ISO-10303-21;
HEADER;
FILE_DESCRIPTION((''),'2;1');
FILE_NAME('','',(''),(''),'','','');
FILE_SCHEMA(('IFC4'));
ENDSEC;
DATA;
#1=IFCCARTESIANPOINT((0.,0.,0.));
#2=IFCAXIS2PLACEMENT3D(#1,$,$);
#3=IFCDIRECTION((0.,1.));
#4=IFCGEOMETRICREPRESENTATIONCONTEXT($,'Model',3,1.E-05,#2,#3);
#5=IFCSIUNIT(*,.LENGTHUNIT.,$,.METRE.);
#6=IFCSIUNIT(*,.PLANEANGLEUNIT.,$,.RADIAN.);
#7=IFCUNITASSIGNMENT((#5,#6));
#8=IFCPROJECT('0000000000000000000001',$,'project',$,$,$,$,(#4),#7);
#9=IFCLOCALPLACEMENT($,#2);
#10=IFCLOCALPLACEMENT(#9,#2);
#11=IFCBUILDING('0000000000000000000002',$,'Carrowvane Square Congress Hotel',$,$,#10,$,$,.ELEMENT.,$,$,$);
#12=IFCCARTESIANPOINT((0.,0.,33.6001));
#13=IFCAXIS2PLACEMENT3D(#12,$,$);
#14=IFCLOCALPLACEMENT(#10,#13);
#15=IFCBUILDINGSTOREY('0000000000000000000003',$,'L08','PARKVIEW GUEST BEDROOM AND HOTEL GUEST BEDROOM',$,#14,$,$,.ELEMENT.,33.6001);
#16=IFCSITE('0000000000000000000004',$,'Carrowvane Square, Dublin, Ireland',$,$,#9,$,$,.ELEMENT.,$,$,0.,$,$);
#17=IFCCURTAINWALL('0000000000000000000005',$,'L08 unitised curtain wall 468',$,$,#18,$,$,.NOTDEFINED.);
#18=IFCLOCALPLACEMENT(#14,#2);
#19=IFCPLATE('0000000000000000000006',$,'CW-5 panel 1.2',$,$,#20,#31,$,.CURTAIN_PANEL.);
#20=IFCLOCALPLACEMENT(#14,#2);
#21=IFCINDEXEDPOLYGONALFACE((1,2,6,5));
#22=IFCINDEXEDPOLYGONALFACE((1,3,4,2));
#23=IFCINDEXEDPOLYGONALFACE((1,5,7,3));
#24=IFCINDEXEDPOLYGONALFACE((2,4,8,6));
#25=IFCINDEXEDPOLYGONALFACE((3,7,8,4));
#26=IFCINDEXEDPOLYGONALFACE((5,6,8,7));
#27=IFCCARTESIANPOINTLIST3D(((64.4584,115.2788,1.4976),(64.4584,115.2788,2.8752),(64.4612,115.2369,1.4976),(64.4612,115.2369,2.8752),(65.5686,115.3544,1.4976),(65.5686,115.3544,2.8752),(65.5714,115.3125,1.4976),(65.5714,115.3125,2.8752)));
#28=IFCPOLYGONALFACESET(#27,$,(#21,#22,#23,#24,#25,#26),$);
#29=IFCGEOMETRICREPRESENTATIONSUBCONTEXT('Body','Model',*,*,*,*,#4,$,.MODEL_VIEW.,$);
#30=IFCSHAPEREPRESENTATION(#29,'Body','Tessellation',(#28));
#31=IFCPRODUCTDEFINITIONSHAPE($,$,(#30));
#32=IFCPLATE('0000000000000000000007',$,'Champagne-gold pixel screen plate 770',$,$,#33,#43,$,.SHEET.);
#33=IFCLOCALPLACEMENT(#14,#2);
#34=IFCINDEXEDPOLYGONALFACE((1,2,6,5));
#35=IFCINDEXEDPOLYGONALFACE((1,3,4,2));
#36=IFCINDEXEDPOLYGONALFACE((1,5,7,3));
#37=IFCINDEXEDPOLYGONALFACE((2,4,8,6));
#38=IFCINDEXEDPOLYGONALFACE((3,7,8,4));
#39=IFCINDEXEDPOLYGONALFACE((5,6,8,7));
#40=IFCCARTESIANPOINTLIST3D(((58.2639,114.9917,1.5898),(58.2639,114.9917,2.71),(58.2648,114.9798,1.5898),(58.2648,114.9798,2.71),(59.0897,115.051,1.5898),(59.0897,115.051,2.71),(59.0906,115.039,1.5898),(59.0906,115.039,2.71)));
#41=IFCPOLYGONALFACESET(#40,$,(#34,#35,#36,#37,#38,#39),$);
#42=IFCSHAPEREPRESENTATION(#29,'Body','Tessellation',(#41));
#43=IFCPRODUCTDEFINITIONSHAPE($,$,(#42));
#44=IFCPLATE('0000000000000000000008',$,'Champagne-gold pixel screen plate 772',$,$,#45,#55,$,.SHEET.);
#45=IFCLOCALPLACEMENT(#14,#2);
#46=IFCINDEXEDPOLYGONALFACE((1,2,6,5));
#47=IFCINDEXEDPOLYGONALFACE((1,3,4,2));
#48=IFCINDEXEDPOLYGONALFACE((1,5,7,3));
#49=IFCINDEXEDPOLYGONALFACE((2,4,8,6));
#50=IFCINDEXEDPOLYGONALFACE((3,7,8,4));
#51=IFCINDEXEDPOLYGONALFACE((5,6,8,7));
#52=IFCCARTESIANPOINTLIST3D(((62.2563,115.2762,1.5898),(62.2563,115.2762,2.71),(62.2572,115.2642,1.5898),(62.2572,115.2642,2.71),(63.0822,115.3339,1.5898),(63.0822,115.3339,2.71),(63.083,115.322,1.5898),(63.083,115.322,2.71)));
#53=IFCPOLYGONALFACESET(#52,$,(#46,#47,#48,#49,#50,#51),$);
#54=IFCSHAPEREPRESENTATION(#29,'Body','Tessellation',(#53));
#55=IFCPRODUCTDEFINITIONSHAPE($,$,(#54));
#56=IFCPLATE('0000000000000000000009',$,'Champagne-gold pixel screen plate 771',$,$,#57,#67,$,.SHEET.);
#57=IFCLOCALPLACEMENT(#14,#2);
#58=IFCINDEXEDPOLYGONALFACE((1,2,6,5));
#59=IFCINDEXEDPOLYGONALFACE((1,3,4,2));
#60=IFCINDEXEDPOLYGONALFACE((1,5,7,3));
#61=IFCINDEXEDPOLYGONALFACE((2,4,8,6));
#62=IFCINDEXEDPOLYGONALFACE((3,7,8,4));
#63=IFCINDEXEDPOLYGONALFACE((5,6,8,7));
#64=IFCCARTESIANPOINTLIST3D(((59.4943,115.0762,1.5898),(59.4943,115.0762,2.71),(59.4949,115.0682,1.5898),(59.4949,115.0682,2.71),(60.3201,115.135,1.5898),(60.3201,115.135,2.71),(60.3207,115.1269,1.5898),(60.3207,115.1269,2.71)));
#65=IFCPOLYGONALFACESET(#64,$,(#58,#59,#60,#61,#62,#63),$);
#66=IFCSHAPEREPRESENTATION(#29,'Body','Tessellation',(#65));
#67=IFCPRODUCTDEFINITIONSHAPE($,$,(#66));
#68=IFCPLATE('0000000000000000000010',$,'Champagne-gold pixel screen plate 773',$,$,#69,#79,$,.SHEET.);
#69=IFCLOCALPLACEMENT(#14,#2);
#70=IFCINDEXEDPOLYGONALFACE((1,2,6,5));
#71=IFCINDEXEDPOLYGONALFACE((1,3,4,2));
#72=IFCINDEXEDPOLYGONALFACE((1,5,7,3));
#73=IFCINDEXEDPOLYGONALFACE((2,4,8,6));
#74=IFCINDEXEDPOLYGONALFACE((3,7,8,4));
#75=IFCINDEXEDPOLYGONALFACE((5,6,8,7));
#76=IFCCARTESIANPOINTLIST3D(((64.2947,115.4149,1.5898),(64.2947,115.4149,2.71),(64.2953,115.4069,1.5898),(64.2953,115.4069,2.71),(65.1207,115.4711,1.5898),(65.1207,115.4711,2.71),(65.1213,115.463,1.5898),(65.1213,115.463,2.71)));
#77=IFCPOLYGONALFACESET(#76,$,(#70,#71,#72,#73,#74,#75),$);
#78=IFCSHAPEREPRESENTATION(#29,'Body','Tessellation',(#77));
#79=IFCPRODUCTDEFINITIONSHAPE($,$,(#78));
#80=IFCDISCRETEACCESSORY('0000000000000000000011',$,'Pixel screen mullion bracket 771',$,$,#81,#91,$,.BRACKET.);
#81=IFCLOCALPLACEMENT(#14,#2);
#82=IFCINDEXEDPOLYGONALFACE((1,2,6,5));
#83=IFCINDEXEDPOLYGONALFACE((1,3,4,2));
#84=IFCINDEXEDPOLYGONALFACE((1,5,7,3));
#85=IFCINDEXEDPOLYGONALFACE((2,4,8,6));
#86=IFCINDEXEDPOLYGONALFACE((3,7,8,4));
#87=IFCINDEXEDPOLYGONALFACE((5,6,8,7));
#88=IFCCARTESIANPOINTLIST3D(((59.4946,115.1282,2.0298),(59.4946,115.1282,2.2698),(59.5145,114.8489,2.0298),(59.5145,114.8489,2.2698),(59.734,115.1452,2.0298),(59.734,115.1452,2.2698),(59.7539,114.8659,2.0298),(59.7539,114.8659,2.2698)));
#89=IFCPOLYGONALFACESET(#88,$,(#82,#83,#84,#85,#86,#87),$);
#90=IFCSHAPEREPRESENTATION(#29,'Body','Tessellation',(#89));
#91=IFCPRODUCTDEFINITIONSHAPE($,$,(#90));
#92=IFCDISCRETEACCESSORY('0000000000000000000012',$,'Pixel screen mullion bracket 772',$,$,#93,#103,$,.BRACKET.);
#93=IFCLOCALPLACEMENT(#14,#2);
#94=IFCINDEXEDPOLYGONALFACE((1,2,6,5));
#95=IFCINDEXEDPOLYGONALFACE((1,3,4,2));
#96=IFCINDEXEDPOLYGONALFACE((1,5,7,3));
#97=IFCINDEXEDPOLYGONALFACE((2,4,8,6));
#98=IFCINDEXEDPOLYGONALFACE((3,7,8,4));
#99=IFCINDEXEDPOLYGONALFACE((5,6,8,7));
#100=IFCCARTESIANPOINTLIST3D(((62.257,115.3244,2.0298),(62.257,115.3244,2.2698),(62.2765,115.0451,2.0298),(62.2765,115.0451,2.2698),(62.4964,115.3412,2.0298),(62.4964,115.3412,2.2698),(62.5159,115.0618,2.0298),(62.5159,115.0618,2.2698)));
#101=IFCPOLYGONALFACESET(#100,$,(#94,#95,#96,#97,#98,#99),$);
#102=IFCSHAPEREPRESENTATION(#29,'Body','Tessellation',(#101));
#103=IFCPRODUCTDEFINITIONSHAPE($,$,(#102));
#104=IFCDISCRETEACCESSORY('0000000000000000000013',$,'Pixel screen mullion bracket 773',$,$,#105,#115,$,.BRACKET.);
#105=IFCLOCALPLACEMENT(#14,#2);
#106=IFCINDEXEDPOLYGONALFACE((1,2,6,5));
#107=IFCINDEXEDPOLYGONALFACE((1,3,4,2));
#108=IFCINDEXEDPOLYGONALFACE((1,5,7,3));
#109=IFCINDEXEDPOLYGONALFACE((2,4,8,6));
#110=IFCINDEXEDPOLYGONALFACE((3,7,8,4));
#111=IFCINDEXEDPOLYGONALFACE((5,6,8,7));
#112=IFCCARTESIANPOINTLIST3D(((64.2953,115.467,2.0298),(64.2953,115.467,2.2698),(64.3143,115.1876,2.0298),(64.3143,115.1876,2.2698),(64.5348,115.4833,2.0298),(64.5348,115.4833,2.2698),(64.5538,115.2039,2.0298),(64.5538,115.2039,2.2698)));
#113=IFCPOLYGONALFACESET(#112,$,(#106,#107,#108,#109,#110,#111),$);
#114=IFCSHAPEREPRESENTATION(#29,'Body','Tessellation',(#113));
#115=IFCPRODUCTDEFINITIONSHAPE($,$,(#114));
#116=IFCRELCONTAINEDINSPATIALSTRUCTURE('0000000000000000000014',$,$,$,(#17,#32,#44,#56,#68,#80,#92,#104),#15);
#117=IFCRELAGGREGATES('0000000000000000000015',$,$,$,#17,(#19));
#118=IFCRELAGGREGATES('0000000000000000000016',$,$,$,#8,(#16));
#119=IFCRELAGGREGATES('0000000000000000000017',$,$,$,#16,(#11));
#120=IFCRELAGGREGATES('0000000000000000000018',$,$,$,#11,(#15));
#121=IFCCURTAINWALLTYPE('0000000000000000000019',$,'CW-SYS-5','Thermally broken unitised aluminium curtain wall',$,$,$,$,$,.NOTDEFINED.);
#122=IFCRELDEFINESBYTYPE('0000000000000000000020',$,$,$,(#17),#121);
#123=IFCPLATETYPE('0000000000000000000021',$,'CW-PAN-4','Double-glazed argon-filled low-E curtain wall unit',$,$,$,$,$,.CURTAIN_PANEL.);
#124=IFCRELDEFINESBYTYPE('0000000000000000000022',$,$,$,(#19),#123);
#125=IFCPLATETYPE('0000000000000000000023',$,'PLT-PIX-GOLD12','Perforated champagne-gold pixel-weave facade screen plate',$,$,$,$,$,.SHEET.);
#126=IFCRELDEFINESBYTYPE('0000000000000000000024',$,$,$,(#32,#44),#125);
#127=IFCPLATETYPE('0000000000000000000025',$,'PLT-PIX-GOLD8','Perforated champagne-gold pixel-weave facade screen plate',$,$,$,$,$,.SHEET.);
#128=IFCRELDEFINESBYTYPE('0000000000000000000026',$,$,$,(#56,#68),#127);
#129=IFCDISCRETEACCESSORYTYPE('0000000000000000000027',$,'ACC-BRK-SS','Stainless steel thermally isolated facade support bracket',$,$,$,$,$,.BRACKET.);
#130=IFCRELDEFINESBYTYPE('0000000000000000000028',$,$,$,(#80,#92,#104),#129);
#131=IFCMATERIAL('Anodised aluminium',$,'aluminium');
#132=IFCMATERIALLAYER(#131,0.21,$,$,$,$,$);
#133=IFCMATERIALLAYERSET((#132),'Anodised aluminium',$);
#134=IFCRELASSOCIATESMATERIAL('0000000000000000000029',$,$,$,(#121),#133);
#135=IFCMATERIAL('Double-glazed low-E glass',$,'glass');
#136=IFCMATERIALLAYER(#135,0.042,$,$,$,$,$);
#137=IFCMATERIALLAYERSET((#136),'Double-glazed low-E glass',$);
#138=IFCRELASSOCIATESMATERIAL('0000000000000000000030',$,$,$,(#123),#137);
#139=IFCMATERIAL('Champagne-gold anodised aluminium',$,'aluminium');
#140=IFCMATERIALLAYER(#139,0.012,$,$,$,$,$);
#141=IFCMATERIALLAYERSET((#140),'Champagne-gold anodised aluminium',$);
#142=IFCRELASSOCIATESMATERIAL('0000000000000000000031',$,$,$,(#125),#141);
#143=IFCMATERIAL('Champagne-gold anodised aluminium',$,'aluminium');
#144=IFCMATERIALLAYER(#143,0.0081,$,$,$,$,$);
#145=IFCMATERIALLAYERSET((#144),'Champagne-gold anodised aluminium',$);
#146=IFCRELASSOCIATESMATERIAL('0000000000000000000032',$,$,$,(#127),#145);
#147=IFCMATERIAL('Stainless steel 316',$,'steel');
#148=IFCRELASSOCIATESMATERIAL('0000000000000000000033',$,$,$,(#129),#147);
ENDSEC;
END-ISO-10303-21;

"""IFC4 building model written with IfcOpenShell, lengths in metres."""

from ifc_helpers import new_model, si_unit, direction, frame, origin, origin_2d, place, context, subcontext, project, spatial, rectangle, extrude, material, layer, layer_set, type_object, element, aggregate, save


model = new_model("IFC4")

# Units and contexts
model_context = context("Model", 3, precision=1e-05, world=origin(), true_north=direction((0.0, 1.0)))
body_context = subcontext(model_context, "Body", "Model", "MODEL_VIEW")
ifc_project = project(units=[si_unit("LENGTHUNIT", "METRE"), si_unit("PLANEANGLEUNIT", "RADIAN")], contexts=[model_context])

# Site, building, storey
site_placement = place(None, origin())
site = spatial("IfcSite", under=ifc_project, at=site_placement, Name="Carrowvane Square, Dublin, Ireland", CompositionType="ELEMENT", RefElevation=0.0)
building_placement = place(site_placement, origin())
building = spatial("IfcBuilding", under=site, at=building_placement, Name="Carrowvane Square Congress Hotel", CompositionType="ELEMENT")
storey_placement = place(building_placement, frame((0.0, 0.0, 33.6001)))
storey = spatial("IfcBuildingStorey", under=building, at=storey_placement, Name="L08", Description="PARKVIEW GUEST BEDROOM AND HOTEL GUEST BEDROOM", CompositionType="ELEMENT", Elevation=33.6001)

# Curtain wall
ifc_material_1 = material(Name="Anodised aluminium", Category="aluminium")
ifc_layer_1 = layer(ifc_material_1, 0.21)
ifc_layer_set_1 = layer_set([ifc_layer_1], Name="Anodised aluminium")
curtain_wall_type_1 = type_object("IfcCurtainWallType", Name="CW-SYS-5", Description="Thermally broken unitised aluminium curtain wall", PredefinedType="NOTDEFINED", material=ifc_layer_set_1)
curtain_wall_1_placement = place(storey_placement, origin())
curtain_wall_1 = element("IfcCurtainWall", 1, at=curtain_wall_1_placement, inside=storey, type_object=curtain_wall_type_1, Name="L08 unitised curtain wall 468", PredefinedType="NOTDEFINED")

# Plate
ifc_material_2 = material(Name="Double-glazed low-E glass", Category="glass")
ifc_layer_2 = layer(ifc_material_2, 0.042)
ifc_layer_set_2 = layer_set([ifc_layer_2], Name="Double-glazed low-E glass")
plate_type_1 = type_object("IfcPlateType", Name="CW-PAN-4", Description="Double-glazed argon-filled low-E curtain wall unit", PredefinedType="CURTAIN_PANEL", material=ifc_layer_set_2)
plate_1_placement = place(storey_placement, frame((65.0149, 115.2957, 1.4976), z_axis=(0.0, 0.0, 1.0), x_axis=(0.997694, 0.067865, 0.0)))
plate_1 = element("IfcPlate", 2, at=plate_1_placement, type_object=plate_type_1, Name="CW-5 panel 1.2", PredefinedType="CURTAIN_PANEL", context=body_context, shape_type="SweptSolid", body=[
    extrude(rectangle(XDim=1.1128, YDim=0.042, at=origin_2d()), origin(), (0.0, 0.0, 1.0), 1.3777),
])
aggregate(curtain_wall_1, [plate_1])

# Plates
ifc_material_3 = material(Name="Champagne-gold anodised aluminium", Category="aluminium")
ifc_layer_3 = layer(ifc_material_3, 0.012)
ifc_layer_set_3 = layer_set([ifc_layer_3], Name="Champagne-gold anodised aluminium")
plate_type_2 = type_object("IfcPlateType", Name="PLT-PIX-GOLD12", Description="Perforated champagne-gold pixel-weave facade screen plate", PredefinedType="SHEET", material=ifc_layer_set_3)
for number, where, z_axis, x_axis, name in (
    (3, (58.6772, 115.0154, 1.5898), (0.0, 0.0, 1.0), (0.997438, 0.071533, 0.0), "Champagne-gold pixel screen plate 770"),
    (4, (62.6697, 115.2991, 1.5898), (0.0, 0.0, 1.0), (0.997566, 0.069725, 0.0), "Champagne-gold pixel screen plate 772"),
):
    element("IfcPlate", number, at=place(storey_placement, frame(where, z_axis=z_axis, x_axis=x_axis)), inside=storey, type_object=plate_type_2, Name=name, PredefinedType="SHEET", context=body_context, shape_type="SweptSolid", body=[
        extrude(rectangle(XDim=0.8279, YDim=0.012, at=origin_2d()), origin(), (0.0, 0.0, 1.0), 1.1201),
    ])
ifc_material_4 = material(Name="Champagne-gold anodised aluminium", Category="aluminium")
ifc_layer_4 = layer(ifc_material_4, 0.0081)
ifc_layer_set_4 = layer_set([ifc_layer_4], Name="Champagne-gold anodised aluminium")
plate_type_3 = type_object("IfcPlateType", Name="PLT-PIX-GOLD8", Description="Perforated champagne-gold pixel-weave facade screen plate", PredefinedType="SHEET", material=ifc_layer_set_4)
for number, where, z_axis, x_axis, name in (
    (5, (59.9075, 115.1016, 1.5898), (0.0, 0.0, 1.0), (0.997479, 0.070957, 0.0), "Champagne-gold pixel screen plate 771"),
    (6, (64.708, 115.439, 1.5898), (0.0, 0.0, 1.0), (0.997694, 0.067866, 0.0), "Champagne-gold pixel screen plate 773"),
):
    element("IfcPlate", number, at=place(storey_placement, frame(where, z_axis=z_axis, x_axis=x_axis)), inside=storey, type_object=plate_type_3, Name=name, PredefinedType="SHEET", context=body_context, shape_type="SweptSolid", body=[
        extrude(rectangle(XDim=0.8279, YDim=0.0081, at=origin_2d()), origin(), (0.0, 0.0, 1.0), 1.1201),
    ])

# Discrete accessories
ifc_material_5 = material(Name="Stainless steel 316", Category="steel")
discrete_accessory_type = type_object("IfcDiscreteAccessoryType", Name="ACC-BRK-SS", Description="Stainless steel thermally isolated facade support bracket", PredefinedType="BRACKET", material=ifc_material_5)
for number, where, z_axis, x_axis, name in (
    (7, (59.6243, 114.9971, 2.0298), (0.0, 0.0, 1.0), (0.997479, 0.070957, 0.0), "Pixel screen mullion bracket 771"),
    (8, (62.3865, 115.1931, 2.0298), (0.0, 0.0, 1.0), (0.997566, 0.069725, 0.0), "Pixel screen mullion bracket 772"),
    (9, (64.4246, 115.3354, 2.0298), (0.0, 0.0, 1.0), (0.997694, 0.067866, 0.0), "Pixel screen mullion bracket 773"),
):
    element("IfcDiscreteAccessory", number, at=place(storey_placement, frame(where, z_axis=z_axis, x_axis=x_axis)), inside=storey, type_object=discrete_accessory_type, Name=name, PredefinedType="BRACKET", context=body_context, shape_type="SweptSolid", body=[
        extrude(rectangle(XDim=0.24, YDim=0.28, at=origin_2d()), origin(), (0.0, 0.0, 1.0), 0.24),
    ])

save(model, "model.ifc")
